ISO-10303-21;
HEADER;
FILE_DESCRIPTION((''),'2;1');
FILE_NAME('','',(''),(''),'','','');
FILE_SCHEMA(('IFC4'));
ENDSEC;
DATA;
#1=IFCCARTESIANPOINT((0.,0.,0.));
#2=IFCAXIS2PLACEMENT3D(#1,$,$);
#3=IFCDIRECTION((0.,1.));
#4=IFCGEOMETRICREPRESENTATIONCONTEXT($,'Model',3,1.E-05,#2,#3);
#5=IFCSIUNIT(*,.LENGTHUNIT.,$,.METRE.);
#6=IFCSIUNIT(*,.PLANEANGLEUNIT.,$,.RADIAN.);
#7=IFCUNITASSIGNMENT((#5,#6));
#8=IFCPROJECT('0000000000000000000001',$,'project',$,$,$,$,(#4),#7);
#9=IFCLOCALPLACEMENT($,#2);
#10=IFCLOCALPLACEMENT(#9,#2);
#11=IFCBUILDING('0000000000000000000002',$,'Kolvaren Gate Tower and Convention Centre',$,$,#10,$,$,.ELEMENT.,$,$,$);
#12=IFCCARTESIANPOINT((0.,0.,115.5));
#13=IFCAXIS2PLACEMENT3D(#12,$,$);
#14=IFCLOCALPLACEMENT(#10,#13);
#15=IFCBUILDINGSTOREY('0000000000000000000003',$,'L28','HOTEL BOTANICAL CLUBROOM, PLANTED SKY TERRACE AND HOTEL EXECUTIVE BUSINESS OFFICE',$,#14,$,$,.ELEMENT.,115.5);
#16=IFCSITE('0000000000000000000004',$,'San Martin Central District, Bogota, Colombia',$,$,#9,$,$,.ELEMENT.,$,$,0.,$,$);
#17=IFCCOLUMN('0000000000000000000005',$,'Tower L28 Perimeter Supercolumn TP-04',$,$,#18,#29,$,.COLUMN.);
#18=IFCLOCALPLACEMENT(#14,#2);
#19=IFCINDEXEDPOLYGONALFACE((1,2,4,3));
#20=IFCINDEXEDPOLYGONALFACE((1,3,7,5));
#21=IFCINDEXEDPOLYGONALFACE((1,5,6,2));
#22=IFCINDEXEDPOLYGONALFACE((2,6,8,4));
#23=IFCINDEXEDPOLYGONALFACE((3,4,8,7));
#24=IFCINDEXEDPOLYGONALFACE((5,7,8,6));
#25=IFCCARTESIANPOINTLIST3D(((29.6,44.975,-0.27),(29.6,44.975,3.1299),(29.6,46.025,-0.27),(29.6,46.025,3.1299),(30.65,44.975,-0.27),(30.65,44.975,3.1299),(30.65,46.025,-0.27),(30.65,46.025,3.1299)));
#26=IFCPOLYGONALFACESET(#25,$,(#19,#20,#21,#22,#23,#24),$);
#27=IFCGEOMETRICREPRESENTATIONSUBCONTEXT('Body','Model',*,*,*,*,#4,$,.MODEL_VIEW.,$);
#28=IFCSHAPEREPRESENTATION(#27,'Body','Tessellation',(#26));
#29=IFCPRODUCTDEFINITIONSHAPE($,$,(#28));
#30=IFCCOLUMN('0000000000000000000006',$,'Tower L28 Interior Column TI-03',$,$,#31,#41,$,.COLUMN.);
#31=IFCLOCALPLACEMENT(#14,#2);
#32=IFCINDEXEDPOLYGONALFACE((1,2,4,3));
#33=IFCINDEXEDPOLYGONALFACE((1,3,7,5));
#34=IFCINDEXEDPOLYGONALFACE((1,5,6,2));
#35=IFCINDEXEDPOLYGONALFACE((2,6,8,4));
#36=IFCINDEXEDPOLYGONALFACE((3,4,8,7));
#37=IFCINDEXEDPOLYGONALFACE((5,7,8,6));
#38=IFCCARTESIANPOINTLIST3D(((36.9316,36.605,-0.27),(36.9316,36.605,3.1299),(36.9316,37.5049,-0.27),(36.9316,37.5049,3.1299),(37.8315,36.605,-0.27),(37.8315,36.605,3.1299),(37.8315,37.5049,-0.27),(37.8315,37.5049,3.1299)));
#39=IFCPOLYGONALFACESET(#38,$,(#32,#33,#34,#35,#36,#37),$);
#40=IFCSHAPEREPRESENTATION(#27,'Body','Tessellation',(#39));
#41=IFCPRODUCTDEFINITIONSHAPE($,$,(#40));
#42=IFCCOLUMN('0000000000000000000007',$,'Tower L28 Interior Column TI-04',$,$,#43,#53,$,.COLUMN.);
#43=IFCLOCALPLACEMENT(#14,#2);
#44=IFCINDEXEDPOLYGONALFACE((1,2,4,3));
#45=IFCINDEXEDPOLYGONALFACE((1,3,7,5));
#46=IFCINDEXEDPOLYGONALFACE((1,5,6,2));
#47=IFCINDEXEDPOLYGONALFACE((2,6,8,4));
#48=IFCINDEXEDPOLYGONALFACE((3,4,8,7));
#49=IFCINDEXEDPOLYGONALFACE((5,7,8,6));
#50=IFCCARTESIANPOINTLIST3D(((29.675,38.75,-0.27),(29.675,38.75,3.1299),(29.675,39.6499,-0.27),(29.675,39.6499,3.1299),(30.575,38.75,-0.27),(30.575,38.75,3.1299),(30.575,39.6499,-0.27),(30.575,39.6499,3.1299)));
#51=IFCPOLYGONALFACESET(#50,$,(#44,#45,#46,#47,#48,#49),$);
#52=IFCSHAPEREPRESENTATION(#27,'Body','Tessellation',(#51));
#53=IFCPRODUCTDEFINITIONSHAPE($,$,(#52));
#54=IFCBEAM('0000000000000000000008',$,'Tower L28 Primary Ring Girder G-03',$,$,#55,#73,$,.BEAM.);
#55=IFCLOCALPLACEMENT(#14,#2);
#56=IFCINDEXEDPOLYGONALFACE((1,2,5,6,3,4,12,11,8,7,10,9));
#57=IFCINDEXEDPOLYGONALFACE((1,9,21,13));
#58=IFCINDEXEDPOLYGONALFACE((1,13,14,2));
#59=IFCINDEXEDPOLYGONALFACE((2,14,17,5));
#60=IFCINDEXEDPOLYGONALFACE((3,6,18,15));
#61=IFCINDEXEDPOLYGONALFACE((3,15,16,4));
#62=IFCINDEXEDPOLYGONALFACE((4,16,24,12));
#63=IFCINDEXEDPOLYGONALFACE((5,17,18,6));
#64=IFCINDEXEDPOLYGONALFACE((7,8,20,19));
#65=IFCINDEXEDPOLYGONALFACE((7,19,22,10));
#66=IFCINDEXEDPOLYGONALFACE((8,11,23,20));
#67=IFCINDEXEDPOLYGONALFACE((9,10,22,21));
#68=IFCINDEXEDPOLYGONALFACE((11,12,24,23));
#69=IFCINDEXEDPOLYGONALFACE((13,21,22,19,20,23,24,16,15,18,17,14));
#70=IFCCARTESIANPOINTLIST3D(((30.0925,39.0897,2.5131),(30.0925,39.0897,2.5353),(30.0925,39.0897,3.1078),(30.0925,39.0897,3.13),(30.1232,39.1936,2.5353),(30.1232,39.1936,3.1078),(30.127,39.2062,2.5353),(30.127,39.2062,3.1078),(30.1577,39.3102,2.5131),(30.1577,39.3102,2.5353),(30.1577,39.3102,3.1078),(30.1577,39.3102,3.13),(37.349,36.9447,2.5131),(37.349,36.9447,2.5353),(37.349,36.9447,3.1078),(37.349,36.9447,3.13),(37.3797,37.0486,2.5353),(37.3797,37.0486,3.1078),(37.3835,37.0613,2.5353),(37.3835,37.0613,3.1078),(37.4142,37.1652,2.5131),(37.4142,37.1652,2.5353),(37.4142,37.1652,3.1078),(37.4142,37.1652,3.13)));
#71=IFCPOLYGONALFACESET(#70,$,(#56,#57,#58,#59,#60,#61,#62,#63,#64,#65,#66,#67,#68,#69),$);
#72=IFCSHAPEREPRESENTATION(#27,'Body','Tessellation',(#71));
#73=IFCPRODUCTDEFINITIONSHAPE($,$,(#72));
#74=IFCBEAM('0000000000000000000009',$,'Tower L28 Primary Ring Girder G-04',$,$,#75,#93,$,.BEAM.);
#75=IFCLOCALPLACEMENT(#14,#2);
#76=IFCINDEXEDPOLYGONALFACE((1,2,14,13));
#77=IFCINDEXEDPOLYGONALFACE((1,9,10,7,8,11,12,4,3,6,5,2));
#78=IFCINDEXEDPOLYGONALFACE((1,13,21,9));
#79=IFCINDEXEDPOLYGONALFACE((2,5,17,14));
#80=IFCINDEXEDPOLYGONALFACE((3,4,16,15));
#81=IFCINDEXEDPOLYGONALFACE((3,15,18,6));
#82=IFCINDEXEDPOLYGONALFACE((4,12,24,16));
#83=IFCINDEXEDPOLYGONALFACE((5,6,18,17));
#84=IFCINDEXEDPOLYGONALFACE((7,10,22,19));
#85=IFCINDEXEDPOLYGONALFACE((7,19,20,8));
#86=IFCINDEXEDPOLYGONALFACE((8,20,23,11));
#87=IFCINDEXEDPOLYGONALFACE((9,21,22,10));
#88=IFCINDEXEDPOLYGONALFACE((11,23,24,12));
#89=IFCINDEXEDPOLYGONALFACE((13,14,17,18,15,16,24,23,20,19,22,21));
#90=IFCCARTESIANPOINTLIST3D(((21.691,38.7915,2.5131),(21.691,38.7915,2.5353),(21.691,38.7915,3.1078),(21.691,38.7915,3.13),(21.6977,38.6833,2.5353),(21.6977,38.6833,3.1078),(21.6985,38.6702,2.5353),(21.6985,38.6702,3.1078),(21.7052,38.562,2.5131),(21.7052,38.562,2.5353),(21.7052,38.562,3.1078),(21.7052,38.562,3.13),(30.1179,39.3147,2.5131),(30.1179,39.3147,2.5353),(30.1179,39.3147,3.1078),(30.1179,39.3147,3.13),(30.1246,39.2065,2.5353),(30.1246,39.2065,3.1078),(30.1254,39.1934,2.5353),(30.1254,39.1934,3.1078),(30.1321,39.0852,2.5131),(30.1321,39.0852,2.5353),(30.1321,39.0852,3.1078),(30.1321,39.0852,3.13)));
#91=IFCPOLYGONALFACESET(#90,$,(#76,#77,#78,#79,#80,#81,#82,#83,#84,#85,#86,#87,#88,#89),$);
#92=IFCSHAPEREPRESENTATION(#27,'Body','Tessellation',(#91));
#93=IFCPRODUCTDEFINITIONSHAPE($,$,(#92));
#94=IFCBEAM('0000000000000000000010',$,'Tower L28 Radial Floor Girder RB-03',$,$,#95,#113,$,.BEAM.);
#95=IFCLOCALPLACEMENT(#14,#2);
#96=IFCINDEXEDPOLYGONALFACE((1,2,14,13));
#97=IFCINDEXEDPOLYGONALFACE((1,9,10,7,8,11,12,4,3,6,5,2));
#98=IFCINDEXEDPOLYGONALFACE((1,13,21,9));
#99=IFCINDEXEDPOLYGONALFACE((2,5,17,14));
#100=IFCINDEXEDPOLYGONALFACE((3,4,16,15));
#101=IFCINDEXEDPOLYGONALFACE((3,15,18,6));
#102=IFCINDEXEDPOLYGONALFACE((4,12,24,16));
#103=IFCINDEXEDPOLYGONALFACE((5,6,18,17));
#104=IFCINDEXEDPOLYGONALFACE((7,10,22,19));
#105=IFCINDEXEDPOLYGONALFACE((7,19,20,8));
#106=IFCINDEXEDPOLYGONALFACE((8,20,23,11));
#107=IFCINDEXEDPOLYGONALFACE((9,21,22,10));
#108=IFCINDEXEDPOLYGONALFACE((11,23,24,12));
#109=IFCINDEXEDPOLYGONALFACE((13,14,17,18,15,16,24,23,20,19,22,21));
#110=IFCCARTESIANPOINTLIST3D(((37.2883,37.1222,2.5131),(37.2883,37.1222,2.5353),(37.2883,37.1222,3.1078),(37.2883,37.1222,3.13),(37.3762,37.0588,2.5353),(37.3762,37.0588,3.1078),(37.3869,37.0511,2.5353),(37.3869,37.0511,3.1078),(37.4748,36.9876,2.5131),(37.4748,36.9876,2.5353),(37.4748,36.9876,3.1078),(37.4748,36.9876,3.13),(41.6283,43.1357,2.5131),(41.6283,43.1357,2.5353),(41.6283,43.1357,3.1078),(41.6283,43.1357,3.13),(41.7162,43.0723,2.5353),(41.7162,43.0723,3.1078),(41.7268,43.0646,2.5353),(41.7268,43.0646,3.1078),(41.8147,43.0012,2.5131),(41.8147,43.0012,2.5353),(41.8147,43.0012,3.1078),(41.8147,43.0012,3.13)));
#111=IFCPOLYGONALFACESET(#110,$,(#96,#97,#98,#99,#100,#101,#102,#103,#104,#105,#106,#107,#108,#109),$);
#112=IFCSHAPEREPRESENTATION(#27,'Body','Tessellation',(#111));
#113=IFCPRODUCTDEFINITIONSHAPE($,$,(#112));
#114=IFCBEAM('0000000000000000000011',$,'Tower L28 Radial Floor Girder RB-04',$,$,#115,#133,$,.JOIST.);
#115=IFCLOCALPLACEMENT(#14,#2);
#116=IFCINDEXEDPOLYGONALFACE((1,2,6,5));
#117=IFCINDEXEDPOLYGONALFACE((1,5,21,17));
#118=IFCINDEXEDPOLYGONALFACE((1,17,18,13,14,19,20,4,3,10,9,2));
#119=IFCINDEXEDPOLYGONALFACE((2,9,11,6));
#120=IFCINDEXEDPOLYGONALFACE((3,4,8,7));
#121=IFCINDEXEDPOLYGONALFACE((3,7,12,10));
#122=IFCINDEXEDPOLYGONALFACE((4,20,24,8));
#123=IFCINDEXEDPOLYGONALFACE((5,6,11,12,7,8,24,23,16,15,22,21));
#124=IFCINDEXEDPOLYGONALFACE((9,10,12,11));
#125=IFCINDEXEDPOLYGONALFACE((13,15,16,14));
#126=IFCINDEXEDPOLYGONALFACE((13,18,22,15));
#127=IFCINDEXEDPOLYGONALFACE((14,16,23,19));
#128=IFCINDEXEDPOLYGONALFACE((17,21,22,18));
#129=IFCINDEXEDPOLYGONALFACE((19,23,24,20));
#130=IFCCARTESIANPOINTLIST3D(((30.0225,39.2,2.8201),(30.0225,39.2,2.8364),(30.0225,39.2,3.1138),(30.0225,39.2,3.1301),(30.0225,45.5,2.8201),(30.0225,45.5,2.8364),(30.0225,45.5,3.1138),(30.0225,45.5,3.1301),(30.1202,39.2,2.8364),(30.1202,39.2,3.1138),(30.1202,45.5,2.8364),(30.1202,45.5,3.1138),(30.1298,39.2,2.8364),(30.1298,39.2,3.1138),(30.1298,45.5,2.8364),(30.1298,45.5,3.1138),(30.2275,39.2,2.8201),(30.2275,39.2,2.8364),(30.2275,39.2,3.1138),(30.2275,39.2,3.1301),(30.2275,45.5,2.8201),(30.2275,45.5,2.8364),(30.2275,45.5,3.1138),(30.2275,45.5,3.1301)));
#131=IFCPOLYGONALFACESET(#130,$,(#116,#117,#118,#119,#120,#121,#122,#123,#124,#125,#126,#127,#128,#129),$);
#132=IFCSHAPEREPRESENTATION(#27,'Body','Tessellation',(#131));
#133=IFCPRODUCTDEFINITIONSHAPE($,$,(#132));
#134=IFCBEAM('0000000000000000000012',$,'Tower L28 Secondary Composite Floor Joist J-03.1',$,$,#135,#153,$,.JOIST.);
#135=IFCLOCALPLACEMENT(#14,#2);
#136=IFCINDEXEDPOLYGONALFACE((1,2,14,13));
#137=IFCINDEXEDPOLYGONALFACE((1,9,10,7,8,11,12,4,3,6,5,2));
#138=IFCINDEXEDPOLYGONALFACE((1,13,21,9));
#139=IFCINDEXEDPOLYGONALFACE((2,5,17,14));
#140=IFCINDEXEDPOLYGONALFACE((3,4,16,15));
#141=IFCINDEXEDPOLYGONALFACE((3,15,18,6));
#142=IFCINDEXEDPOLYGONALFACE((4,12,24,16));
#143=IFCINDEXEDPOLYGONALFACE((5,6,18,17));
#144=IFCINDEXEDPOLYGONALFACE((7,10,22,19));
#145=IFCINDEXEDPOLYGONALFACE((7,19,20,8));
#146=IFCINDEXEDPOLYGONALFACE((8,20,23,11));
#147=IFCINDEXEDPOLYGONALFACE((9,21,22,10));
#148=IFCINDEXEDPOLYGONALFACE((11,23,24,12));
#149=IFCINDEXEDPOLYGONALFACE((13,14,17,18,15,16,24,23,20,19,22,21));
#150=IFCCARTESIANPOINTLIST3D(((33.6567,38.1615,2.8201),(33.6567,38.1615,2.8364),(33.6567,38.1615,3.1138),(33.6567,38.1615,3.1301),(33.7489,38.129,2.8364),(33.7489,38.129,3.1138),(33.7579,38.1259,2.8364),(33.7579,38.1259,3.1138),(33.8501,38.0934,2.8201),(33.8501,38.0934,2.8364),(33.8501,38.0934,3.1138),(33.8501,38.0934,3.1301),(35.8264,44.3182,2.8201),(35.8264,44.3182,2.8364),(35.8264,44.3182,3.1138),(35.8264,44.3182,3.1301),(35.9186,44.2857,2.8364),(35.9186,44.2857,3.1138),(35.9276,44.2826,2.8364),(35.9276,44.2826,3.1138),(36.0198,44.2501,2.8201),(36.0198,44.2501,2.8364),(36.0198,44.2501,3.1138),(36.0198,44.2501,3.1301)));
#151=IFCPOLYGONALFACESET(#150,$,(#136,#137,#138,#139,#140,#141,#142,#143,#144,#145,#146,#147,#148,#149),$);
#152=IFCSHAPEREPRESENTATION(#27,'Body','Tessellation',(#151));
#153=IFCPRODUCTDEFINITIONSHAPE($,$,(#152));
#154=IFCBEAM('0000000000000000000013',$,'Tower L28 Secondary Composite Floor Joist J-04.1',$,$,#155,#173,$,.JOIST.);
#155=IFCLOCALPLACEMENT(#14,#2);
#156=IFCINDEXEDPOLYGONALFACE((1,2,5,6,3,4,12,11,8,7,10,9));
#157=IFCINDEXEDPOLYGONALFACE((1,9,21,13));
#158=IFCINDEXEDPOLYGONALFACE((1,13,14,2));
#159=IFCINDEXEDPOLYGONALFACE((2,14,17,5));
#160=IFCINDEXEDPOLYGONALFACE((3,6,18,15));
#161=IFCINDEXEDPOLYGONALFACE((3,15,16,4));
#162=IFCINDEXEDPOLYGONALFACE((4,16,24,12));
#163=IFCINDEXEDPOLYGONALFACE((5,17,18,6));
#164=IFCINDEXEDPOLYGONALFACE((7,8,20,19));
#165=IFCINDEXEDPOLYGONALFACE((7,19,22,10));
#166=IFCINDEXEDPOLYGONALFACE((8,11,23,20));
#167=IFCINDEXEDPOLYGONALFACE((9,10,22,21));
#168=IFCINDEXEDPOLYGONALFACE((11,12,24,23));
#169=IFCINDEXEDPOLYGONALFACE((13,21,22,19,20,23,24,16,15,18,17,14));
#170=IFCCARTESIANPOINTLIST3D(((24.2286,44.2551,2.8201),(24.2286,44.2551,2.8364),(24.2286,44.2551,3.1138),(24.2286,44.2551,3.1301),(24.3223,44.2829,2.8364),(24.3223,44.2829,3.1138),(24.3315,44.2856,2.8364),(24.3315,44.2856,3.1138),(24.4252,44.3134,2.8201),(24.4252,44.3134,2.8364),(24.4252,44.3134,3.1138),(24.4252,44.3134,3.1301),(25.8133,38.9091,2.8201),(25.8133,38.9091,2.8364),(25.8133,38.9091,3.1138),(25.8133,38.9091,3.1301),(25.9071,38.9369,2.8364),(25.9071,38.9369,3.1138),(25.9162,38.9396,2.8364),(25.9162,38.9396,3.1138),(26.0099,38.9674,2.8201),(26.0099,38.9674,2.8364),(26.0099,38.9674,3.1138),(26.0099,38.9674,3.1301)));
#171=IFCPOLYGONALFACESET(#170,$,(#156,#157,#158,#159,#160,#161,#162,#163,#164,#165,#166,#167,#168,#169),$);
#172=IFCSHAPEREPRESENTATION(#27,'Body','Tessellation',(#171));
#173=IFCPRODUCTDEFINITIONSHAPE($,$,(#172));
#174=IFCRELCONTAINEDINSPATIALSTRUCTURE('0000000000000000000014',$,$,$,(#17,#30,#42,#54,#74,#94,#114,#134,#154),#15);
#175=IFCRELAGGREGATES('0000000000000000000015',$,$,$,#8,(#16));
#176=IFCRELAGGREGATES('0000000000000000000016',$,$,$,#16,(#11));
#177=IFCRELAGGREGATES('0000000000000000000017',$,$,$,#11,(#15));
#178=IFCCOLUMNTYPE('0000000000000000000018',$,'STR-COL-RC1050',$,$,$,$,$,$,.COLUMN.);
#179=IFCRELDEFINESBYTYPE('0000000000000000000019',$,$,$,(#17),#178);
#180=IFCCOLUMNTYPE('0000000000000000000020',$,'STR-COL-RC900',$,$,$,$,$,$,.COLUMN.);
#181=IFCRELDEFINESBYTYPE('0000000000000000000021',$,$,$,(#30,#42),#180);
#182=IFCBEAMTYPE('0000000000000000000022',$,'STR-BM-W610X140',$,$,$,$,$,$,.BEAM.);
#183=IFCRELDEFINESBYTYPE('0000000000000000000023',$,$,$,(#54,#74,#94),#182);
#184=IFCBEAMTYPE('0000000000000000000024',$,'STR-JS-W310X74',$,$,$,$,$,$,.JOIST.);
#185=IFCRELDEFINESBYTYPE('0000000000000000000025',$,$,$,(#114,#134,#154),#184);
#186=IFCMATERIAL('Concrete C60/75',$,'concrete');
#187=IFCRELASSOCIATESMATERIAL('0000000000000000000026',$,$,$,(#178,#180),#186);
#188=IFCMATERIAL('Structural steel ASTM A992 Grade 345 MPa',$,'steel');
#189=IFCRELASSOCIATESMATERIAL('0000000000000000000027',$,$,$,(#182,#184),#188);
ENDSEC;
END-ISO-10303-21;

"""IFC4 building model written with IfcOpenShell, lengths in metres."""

from ifc_helpers import new_model, si_unit, direction, frame, origin, origin_2d, place, context, subcontext, project, spatial, rectangle, i_section, extrude, material, material_profile, profile_set, type_object, element, save


model = new_model("IFC4")

# Units and contexts
model_context = context("Model", 3, precision=1e-05, world=origin(), true_north=direction((0.0, 1.0)))
body_context = subcontext(model_context, "Body", "Model", "MODEL_VIEW")
ifc_project = project(units=[si_unit("LENGTHUNIT", "METRE"), si_unit("PLANEANGLEUNIT", "RADIAN")], contexts=[model_context])

# Site, building, storey
site_placement = place(None, origin())
site = spatial("IfcSite", under=ifc_project, at=site_placement, Name="San Martin Central District, Bogota, Colombia", CompositionType="ELEMENT", RefElevation=0.0)
building_placement = place(site_placement, origin())
building = spatial("IfcBuilding", under=site, at=building_placement, Name="Kolvaren Gate Tower and Convention Centre", CompositionType="ELEMENT")
storey_placement = place(building_placement, frame((0.0, 0.0, 115.5)))
storey = spatial("IfcBuildingStorey", under=building, at=storey_placement, Name="L28", Description="HOTEL BOTANICAL CLUBROOM, PLANTED SKY TERRACE AND HOTEL EXECUTIVE BUSINESS OFFICE", CompositionType="ELEMENT", Elevation=115.5)

# Columns
ifc_material_1 = material(Name="Concrete C60/75", Category="concrete")
ifc_material_profile_1 = material_profile(ifc_material_1, rectangle(XDim=1.05, YDim=1.05, at=origin_2d()), Name="RC-COL-1050X1050")
ifc_profile_set_1 = profile_set([ifc_material_profile_1], Name="Concrete C60/75")
column_type_1 = type_object("IfcColumnType", Name="STR-COL-RC1050", PredefinedType="COLUMN", material=ifc_profile_set_1)
column_placement = place(storey_placement, frame((30.125, 45.5, -0.27), z_axis=(0.0, 0.0, 1.0), x_axis=(1.0, 0.0, 0.0)))
element("IfcColumn", 1, at=column_placement, inside=storey, type_object=column_type_1, Name="Tower L28 Perimeter Supercolumn TP-04", PredefinedType="COLUMN", context=body_context, shape_type="SweptSolid", body=[
    extrude(rectangle(XDim=1.05, YDim=1.05, at=origin_2d()), origin(), (0.0, 0.0, 1.0), 3.3999),
])
ifc_material_profile_2 = material_profile(ifc_material_1, rectangle(XDim=0.8999, YDim=0.8999, at=origin_2d()), Name="RC-COL-900X900")
ifc_profile_set_2 = profile_set([ifc_material_profile_2], Name="Concrete C60/75")
column_type_2 = type_object("IfcColumnType", Name="STR-COL-RC900", PredefinedType="COLUMN", material=ifc_profile_set_2)
for number, where, z_axis, x_axis, name in (
    (2, (37.3816, 37.0549, -0.27), (0.0, 0.0, 1.0), (1.0, 0.0, 0.0), "Tower L28 Interior Column TI-03"),
    (3, (30.125, 39.2, -0.27), (0.0, 0.0, 1.0), (1.0, 0.0, 0.0), "Tower L28 Interior Column TI-04"),
):
    element("IfcColumn", number, at=place(storey_placement, frame(where, z_axis=z_axis, x_axis=x_axis)), inside=storey, type_object=column_type_2, Name=name, PredefinedType="COLUMN", context=body_context, shape_type="SweptSolid", body=[
        extrude(rectangle(XDim=0.8999, YDim=0.8999, at=origin_2d()), origin(), (0.0, 0.0, 1.0), 3.3999),
    ])

# Beams
ifc_material_2 = material(Name="Structural steel ASTM A992 Grade 345 MPa", Category="steel")
ifc_material_profile_3 = material_profile(ifc_material_2, i_section(OverallWidth=0.23, OverallDepth=0.6169, WebThickness=0.0132, FlangeThickness=0.0222, at=origin_2d()), Name="W610X140")
ifc_profile_set_3 = profile_set([ifc_material_profile_3], Name="Structural steel ASTM A992 Grade 345 MPa")
beam_type_1 = type_object("IfcBeamType", Name="STR-BM-W610X140", PredefinedType="BEAM", material=ifc_profile_set_3)
beam_1_placement = place(storey_placement, frame((37.3816, 37.0549, 2.8215), z_axis=(-0.958981, 0.283471, 0.0), x_axis=(-0.283471, -0.958981, 0.0)))
element("IfcBeam", 4, at=beam_1_placement, inside=storey, type_object=beam_type_1, Name="Tower L28 Primary Ring Girder G-03", PredefinedType="BEAM", context=body_context, shape_type="SweptSolid", body=[
    extrude(i_section(OverallWidth=0.23, OverallDepth=0.6169, WebThickness=0.0132, FlangeThickness=0.0222, at=origin_2d()), origin(), (0.0, 0.0, 1.0), 7.5669),
])
beam_2_placement = place(storey_placement, frame((30.125, 39.2, 2.8215), z_axis=(-0.998078, -0.061966, 0.0), x_axis=(0.061966, -0.998078, 0.0)))
element("IfcBeam", 5, at=beam_2_placement, inside=storey, type_object=beam_type_1, Name="Tower L28 Primary Ring Girder G-04", PredefinedType="BEAM", context=body_context, shape_type="SweptSolid", body=[
    extrude(i_section(OverallWidth=0.23, OverallDepth=0.6169, WebThickness=0.0132, FlangeThickness=0.0222, at=origin_2d()), origin(), (0.0, 0.0, 1.0), 8.4431),
])
beam_3_placement = place(storey_placement, frame((37.3816, 37.0549, 2.8215), z_axis=(0.585208, 0.810883, 0.0), x_axis=(-0.810883, 0.585208, 0.0)))
element("IfcBeam", 6, at=beam_3_placement, inside=storey, type_object=beam_type_1, Name="Tower L28 Radial Floor Girder RB-03", PredefinedType="BEAM", context=body_context, shape_type="SweptSolid", body=[
    extrude(i_section(OverallWidth=0.23, OverallDepth=0.6169, WebThickness=0.0132, FlangeThickness=0.0222, at=origin_2d()), origin(), (0.0, 0.0, 1.0), 7.416),
])
ifc_material_profile_4 = material_profile(ifc_material_2, i_section(OverallWidth=0.2051, OverallDepth=0.3101, WebThickness=0.0095, FlangeThickness=0.0164, at=origin_2d()), Name="W310X74")
ifc_profile_set_4 = profile_set([ifc_material_profile_4], Name="Structural steel ASTM A992 Grade 345 MPa")
beam_type_2 = type_object("IfcBeamType", Name="STR-JS-W310X74", PredefinedType="JOIST", material=ifc_profile_set_4)
beam_4_placement = place(storey_placement, frame((30.125, 39.2, 2.9751), z_axis=(0.0, 1.0, 0.0), x_axis=(-1.0, 0.0, 0.0)))
element("IfcBeam", 7, at=beam_4_placement, inside=storey, type_object=beam_type_2, Name="Tower L28 Radial Floor Girder RB-04", PredefinedType="JOIST", context=body_context, shape_type="SweptSolid", body=[
    extrude(i_section(OverallWidth=0.2051, OverallDepth=0.3101, WebThickness=0.0095, FlangeThickness=0.0164, at=origin_2d()), origin(), (0.0, 0.0, 1.0), 6.3),
])
beam_5_placement = place(storey_placement, frame((33.7534, 38.1274, 2.9751), z_axis=(0.332372, 0.943148, 0.0), x_axis=(-0.943148, 0.332372, 0.0)))
element("IfcBeam", 8, at=beam_5_placement, inside=storey, type_object=beam_type_2, Name="Tower L28 Secondary Composite Floor Joist J-03.1", PredefinedType="JOIST", context=body_context, shape_type="SweptSolid", body=[
    extrude(i_section(OverallWidth=0.2051, OverallDepth=0.3101, WebThickness=0.0095, FlangeThickness=0.0164, at=origin_2d()), origin(), (0.0, 0.0, 1.0), 6.5278),
])
beam_6_placement = place(storey_placement, frame((25.9116, 38.9382, 2.9751), z_axis=(-0.284209, 0.958762, 0.0), x_axis=(-0.958762, -0.284209, 0.0)))
element("IfcBeam", 9, at=beam_6_placement, inside=storey, type_object=beam_type_2, Name="Tower L28 Secondary Composite Floor Joist J-04.1", PredefinedType="JOIST", context=body_context, shape_type="SweptSolid", body=[
    extrude(i_section(OverallWidth=0.2051, OverallDepth=0.3101, WebThickness=0.0095, FlangeThickness=0.0164, at=origin_2d()), origin(), (0.0, 0.0, 1.0), 5.5759),
])

save(model, "model.ifc")
